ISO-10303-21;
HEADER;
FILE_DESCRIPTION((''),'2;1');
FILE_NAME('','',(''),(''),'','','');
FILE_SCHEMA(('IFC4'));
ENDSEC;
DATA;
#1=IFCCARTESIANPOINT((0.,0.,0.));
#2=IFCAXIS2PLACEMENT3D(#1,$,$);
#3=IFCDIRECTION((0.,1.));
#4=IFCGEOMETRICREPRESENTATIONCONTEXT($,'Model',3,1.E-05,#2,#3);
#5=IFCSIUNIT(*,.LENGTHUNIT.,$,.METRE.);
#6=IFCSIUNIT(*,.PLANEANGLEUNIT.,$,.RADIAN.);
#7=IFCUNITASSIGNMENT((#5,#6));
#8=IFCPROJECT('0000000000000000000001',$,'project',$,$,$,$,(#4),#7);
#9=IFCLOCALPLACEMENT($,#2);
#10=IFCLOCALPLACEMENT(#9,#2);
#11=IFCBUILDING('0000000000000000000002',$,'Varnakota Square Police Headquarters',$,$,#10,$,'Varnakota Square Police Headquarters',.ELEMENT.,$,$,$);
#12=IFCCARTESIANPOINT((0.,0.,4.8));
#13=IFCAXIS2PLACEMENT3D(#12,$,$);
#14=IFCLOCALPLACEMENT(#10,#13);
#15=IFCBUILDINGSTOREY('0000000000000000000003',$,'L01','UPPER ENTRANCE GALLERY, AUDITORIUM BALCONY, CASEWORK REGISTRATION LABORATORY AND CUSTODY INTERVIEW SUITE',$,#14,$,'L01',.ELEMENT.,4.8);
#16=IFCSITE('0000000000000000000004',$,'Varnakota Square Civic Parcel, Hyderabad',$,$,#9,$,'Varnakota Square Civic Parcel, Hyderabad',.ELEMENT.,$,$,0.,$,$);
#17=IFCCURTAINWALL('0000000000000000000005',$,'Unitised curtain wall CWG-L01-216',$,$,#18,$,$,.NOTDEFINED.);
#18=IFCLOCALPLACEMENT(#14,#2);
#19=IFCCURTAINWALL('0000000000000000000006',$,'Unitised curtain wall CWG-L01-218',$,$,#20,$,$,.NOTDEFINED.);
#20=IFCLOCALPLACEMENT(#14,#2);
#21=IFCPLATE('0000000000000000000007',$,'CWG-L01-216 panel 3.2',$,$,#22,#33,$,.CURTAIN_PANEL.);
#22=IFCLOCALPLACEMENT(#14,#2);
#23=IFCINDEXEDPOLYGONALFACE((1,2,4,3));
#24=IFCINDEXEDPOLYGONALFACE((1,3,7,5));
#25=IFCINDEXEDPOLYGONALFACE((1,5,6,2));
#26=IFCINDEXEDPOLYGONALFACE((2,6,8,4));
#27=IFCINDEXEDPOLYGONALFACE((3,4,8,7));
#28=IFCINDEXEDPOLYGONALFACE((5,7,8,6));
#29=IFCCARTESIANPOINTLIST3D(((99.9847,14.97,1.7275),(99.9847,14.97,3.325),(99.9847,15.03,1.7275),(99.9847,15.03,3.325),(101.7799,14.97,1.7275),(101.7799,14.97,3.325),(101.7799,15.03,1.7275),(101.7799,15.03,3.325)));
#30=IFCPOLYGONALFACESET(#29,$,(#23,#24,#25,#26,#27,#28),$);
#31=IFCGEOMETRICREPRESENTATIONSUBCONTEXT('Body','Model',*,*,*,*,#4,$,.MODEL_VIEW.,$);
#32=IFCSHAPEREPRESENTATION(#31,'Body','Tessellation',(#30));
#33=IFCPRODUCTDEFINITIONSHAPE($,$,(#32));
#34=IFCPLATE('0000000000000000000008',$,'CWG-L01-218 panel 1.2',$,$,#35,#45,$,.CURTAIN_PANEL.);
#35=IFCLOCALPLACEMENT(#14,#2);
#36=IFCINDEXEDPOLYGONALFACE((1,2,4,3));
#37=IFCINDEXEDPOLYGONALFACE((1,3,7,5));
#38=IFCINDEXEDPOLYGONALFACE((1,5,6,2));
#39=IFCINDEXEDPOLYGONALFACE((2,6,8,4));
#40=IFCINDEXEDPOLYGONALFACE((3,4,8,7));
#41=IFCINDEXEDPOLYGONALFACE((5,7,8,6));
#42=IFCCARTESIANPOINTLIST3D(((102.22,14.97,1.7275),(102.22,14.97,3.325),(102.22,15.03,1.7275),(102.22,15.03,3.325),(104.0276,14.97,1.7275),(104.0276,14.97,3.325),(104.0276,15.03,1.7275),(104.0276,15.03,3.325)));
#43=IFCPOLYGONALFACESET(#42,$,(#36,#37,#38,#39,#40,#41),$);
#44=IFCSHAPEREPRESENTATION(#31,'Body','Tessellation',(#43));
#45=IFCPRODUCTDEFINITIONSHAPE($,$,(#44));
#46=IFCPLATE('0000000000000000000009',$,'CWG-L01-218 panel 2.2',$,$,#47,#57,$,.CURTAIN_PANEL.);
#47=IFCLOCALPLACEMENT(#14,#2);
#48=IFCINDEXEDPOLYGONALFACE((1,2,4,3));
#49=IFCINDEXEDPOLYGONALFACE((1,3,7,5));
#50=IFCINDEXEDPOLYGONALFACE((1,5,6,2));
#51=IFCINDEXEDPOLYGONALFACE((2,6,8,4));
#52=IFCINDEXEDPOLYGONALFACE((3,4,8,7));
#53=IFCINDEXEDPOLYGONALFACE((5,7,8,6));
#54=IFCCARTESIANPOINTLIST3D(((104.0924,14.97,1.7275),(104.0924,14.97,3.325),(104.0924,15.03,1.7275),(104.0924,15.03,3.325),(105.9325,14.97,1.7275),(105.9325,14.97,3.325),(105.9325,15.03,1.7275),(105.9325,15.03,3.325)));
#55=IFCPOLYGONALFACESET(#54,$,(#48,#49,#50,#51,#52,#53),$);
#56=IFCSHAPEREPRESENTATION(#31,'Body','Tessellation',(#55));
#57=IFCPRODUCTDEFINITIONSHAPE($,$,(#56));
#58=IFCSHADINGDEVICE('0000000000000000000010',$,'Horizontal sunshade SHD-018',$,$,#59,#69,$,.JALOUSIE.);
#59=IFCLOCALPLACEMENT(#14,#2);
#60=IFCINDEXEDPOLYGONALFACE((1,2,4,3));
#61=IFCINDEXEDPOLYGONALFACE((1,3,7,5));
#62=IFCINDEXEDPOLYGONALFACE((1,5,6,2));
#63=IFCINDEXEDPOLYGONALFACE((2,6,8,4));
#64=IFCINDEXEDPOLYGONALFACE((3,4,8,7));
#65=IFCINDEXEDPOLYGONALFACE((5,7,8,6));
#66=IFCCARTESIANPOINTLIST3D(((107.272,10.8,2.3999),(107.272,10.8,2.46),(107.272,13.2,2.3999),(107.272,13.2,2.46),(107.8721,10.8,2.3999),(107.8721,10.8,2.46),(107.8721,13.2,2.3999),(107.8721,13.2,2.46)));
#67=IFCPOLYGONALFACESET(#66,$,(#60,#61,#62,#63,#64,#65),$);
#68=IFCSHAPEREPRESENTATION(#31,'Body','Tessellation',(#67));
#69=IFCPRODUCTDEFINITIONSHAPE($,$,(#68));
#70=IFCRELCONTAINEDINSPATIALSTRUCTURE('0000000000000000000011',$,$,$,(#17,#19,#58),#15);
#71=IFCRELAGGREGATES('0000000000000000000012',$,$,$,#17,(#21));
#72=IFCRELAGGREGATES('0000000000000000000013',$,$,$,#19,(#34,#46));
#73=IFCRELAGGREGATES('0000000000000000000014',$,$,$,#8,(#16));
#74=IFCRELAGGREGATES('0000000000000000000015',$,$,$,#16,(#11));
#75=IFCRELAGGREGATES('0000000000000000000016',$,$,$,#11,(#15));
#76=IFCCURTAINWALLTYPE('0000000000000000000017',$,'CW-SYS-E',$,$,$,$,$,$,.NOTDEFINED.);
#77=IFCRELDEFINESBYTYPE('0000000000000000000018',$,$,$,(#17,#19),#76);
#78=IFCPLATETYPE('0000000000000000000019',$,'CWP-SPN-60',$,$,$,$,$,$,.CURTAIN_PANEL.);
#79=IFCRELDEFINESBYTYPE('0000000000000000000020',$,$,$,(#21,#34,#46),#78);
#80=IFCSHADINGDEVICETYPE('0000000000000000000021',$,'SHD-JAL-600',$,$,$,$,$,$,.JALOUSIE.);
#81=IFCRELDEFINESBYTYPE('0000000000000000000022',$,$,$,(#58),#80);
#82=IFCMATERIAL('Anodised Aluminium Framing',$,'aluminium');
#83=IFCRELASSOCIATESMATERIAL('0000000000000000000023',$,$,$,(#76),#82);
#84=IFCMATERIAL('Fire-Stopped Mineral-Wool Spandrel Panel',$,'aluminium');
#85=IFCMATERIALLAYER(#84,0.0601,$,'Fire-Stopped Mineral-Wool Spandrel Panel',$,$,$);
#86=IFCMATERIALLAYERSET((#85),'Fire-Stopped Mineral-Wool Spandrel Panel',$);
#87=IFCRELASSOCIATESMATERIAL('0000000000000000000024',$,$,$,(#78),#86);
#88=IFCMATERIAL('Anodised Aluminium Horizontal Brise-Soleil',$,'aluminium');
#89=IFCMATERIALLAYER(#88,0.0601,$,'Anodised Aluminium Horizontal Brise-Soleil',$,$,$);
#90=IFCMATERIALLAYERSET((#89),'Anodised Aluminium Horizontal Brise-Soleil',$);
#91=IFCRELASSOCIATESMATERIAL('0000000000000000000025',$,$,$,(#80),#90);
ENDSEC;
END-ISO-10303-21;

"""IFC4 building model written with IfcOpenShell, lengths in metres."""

from ifc_helpers import new_model, si_unit, direction, frame, origin, origin_2d, place, context, subcontext, project, spatial, rectangle, extrude, material, layer, layer_set, type_object, element, aggregate, save


model = new_model("IFC4")

# Units and contexts
model_context = context("Model", 3, precision=1e-05, world=origin(), true_north=direction((0.0, 1.0)))
body_context = subcontext(model_context, "Body", "Model", "MODEL_VIEW")
ifc_project = project(units=[si_unit("LENGTHUNIT", "METRE"), si_unit("PLANEANGLEUNIT", "RADIAN")], contexts=[model_context])

# Site, building, storey
site_placement = place(None, origin())
site = spatial("IfcSite", under=ifc_project, at=site_placement, Name="Varnakota Square Civic Parcel, Hyderabad", LongName="Varnakota Square Civic Parcel, Hyderabad", CompositionType="ELEMENT", RefElevation=0.0)
building_placement = place(site_placement, origin())
building = spatial("IfcBuilding", under=site, at=building_placement, Name="Varnakota Square Police Headquarters", LongName="Varnakota Square Police Headquarters", CompositionType="ELEMENT")
storey_placement = place(building_placement, frame((0.0, 0.0, 4.8)))
storey = spatial("IfcBuildingStorey", under=building, at=storey_placement, Name="L01", Description="UPPER ENTRANCE GALLERY, AUDITORIUM BALCONY, CASEWORK REGISTRATION LABORATORY AND CUSTODY INTERVIEW SUITE", LongName="L01", CompositionType="ELEMENT", Elevation=4.8)

# Curtain wall
ifc_material_1 = material(Name="Anodised Aluminium Framing", Category="aluminium")
curtain_wall_type = type_object("IfcCurtainWallType", Name="CW-SYS-E", PredefinedType="NOTDEFINED", material=ifc_material_1)
curtain_wall_1_placement = place(storey_placement, origin())
curtain_wall_1 = element("IfcCurtainWall", 1, at=curtain_wall_1_placement, inside=storey, type_object=curtain_wall_type, Name="Unitised curtain wall CWG-L01-216", PredefinedType="NOTDEFINED")

# Curtain wall
curtain_wall_2_placement = place(storey_placement, origin())
curtain_wall_2 = element("IfcCurtainWall", 2, at=curtain_wall_2_placement, inside=storey, type_object=curtain_wall_type, Name="Unitised curtain wall CWG-L01-218", PredefinedType="NOTDEFINED")

# Plates
ifc_material_2 = material(Name="Fire-Stopped Mineral-Wool Spandrel Panel", Category="aluminium")
ifc_layer_1 = layer(ifc_material_2, 0.0601, Name="Fire-Stopped Mineral-Wool Spandrel Panel")
ifc_layer_set_1 = layer_set([ifc_layer_1], Name="Fire-Stopped Mineral-Wool Spandrel Panel")
plate_type_1 = type_object("IfcPlateType", Name="CWP-SPN-60", PredefinedType="CURTAIN_PANEL", material=ifc_layer_set_1)
plate_1_placement = place(storey_placement, frame((100.8823, 15.0, 1.7275), z_axis=(0.0, 0.0, 1.0), x_axis=(1.0, 0.0, 0.0)))
plate_1 = element("IfcPlate", 3, at=plate_1_placement, type_object=plate_type_1, Name="CWG-L01-216 panel 3.2", PredefinedType="CURTAIN_PANEL", context=body_context, shape_type="SweptSolid", body=[
    extrude(rectangle(XDim=1.7952, YDim=0.0601, at=origin_2d()), origin(), (0.0, 0.0, 1.0), 1.5974),
])
aggregate(curtain_wall_1, [plate_1])
plate_2_placement = place(storey_placement, frame((103.1238, 15.0, 1.7275), z_axis=(0.0, 0.0, 1.0), x_axis=(1.0, 0.0, 0.0)))
plate_2 = element("IfcPlate", 4, at=plate_2_placement, type_object=plate_type_1, Name="CWG-L01-218 panel 1.2", PredefinedType="CURTAIN_PANEL", context=body_context, shape_type="SweptSolid", body=[
    extrude(rectangle(XDim=1.8076, YDim=0.0601, at=origin_2d()), origin(), (0.0, 0.0, 1.0), 1.5974),
])
plate_3_placement = place(storey_placement, frame((105.0125, 15.0, 1.7275), z_axis=(0.0, 0.0, 1.0), x_axis=(1.0, 0.0, 0.0)))
plate_3 = element("IfcPlate", 5, at=plate_3_placement, type_object=plate_type_1, Name="CWG-L01-218 panel 2.2", PredefinedType="CURTAIN_PANEL", context=body_context, shape_type="SweptSolid", body=[
    extrude(rectangle(XDim=1.8401, YDim=0.0601, at=origin_2d()), origin(), (0.0, 0.0, 1.0), 1.5974),
])
aggregate(curtain_wall_2, [plate_2, plate_3])

# Shading device
ifc_material_3 = material(Name="Anodised Aluminium Horizontal Brise-Soleil", Category="aluminium")
ifc_layer_2 = layer(ifc_material_3, 0.0601, Name="Anodised Aluminium Horizontal Brise-Soleil")
ifc_layer_set_2 = layer_set([ifc_layer_2], Name="Anodised Aluminium Horizontal Brise-Soleil")
shading_device_type = type_object("IfcShadingDeviceType", Name="SHD-JAL-600", PredefinedType="JALOUSIE", material=ifc_layer_set_2)
shading_device_placement = place(storey_placement, frame((107.572, 12.0, 2.3999), z_axis=(0.0, 0.0, 1.0), x_axis=(0.0, 1.0, 0.0)))
element("IfcShadingDevice", 6, at=shading_device_placement, inside=storey, type_object=shading_device_type, Name="Horizontal sunshade SHD-018", PredefinedType="JALOUSIE", context=body_context, shape_type="SweptSolid", body=[
    extrude(rectangle(XDim=2.3999, YDim=0.6001, at=origin_2d()), origin(), (0.0, 0.0, 1.0), 0.0601),
])

save(model, "model.ifc")
